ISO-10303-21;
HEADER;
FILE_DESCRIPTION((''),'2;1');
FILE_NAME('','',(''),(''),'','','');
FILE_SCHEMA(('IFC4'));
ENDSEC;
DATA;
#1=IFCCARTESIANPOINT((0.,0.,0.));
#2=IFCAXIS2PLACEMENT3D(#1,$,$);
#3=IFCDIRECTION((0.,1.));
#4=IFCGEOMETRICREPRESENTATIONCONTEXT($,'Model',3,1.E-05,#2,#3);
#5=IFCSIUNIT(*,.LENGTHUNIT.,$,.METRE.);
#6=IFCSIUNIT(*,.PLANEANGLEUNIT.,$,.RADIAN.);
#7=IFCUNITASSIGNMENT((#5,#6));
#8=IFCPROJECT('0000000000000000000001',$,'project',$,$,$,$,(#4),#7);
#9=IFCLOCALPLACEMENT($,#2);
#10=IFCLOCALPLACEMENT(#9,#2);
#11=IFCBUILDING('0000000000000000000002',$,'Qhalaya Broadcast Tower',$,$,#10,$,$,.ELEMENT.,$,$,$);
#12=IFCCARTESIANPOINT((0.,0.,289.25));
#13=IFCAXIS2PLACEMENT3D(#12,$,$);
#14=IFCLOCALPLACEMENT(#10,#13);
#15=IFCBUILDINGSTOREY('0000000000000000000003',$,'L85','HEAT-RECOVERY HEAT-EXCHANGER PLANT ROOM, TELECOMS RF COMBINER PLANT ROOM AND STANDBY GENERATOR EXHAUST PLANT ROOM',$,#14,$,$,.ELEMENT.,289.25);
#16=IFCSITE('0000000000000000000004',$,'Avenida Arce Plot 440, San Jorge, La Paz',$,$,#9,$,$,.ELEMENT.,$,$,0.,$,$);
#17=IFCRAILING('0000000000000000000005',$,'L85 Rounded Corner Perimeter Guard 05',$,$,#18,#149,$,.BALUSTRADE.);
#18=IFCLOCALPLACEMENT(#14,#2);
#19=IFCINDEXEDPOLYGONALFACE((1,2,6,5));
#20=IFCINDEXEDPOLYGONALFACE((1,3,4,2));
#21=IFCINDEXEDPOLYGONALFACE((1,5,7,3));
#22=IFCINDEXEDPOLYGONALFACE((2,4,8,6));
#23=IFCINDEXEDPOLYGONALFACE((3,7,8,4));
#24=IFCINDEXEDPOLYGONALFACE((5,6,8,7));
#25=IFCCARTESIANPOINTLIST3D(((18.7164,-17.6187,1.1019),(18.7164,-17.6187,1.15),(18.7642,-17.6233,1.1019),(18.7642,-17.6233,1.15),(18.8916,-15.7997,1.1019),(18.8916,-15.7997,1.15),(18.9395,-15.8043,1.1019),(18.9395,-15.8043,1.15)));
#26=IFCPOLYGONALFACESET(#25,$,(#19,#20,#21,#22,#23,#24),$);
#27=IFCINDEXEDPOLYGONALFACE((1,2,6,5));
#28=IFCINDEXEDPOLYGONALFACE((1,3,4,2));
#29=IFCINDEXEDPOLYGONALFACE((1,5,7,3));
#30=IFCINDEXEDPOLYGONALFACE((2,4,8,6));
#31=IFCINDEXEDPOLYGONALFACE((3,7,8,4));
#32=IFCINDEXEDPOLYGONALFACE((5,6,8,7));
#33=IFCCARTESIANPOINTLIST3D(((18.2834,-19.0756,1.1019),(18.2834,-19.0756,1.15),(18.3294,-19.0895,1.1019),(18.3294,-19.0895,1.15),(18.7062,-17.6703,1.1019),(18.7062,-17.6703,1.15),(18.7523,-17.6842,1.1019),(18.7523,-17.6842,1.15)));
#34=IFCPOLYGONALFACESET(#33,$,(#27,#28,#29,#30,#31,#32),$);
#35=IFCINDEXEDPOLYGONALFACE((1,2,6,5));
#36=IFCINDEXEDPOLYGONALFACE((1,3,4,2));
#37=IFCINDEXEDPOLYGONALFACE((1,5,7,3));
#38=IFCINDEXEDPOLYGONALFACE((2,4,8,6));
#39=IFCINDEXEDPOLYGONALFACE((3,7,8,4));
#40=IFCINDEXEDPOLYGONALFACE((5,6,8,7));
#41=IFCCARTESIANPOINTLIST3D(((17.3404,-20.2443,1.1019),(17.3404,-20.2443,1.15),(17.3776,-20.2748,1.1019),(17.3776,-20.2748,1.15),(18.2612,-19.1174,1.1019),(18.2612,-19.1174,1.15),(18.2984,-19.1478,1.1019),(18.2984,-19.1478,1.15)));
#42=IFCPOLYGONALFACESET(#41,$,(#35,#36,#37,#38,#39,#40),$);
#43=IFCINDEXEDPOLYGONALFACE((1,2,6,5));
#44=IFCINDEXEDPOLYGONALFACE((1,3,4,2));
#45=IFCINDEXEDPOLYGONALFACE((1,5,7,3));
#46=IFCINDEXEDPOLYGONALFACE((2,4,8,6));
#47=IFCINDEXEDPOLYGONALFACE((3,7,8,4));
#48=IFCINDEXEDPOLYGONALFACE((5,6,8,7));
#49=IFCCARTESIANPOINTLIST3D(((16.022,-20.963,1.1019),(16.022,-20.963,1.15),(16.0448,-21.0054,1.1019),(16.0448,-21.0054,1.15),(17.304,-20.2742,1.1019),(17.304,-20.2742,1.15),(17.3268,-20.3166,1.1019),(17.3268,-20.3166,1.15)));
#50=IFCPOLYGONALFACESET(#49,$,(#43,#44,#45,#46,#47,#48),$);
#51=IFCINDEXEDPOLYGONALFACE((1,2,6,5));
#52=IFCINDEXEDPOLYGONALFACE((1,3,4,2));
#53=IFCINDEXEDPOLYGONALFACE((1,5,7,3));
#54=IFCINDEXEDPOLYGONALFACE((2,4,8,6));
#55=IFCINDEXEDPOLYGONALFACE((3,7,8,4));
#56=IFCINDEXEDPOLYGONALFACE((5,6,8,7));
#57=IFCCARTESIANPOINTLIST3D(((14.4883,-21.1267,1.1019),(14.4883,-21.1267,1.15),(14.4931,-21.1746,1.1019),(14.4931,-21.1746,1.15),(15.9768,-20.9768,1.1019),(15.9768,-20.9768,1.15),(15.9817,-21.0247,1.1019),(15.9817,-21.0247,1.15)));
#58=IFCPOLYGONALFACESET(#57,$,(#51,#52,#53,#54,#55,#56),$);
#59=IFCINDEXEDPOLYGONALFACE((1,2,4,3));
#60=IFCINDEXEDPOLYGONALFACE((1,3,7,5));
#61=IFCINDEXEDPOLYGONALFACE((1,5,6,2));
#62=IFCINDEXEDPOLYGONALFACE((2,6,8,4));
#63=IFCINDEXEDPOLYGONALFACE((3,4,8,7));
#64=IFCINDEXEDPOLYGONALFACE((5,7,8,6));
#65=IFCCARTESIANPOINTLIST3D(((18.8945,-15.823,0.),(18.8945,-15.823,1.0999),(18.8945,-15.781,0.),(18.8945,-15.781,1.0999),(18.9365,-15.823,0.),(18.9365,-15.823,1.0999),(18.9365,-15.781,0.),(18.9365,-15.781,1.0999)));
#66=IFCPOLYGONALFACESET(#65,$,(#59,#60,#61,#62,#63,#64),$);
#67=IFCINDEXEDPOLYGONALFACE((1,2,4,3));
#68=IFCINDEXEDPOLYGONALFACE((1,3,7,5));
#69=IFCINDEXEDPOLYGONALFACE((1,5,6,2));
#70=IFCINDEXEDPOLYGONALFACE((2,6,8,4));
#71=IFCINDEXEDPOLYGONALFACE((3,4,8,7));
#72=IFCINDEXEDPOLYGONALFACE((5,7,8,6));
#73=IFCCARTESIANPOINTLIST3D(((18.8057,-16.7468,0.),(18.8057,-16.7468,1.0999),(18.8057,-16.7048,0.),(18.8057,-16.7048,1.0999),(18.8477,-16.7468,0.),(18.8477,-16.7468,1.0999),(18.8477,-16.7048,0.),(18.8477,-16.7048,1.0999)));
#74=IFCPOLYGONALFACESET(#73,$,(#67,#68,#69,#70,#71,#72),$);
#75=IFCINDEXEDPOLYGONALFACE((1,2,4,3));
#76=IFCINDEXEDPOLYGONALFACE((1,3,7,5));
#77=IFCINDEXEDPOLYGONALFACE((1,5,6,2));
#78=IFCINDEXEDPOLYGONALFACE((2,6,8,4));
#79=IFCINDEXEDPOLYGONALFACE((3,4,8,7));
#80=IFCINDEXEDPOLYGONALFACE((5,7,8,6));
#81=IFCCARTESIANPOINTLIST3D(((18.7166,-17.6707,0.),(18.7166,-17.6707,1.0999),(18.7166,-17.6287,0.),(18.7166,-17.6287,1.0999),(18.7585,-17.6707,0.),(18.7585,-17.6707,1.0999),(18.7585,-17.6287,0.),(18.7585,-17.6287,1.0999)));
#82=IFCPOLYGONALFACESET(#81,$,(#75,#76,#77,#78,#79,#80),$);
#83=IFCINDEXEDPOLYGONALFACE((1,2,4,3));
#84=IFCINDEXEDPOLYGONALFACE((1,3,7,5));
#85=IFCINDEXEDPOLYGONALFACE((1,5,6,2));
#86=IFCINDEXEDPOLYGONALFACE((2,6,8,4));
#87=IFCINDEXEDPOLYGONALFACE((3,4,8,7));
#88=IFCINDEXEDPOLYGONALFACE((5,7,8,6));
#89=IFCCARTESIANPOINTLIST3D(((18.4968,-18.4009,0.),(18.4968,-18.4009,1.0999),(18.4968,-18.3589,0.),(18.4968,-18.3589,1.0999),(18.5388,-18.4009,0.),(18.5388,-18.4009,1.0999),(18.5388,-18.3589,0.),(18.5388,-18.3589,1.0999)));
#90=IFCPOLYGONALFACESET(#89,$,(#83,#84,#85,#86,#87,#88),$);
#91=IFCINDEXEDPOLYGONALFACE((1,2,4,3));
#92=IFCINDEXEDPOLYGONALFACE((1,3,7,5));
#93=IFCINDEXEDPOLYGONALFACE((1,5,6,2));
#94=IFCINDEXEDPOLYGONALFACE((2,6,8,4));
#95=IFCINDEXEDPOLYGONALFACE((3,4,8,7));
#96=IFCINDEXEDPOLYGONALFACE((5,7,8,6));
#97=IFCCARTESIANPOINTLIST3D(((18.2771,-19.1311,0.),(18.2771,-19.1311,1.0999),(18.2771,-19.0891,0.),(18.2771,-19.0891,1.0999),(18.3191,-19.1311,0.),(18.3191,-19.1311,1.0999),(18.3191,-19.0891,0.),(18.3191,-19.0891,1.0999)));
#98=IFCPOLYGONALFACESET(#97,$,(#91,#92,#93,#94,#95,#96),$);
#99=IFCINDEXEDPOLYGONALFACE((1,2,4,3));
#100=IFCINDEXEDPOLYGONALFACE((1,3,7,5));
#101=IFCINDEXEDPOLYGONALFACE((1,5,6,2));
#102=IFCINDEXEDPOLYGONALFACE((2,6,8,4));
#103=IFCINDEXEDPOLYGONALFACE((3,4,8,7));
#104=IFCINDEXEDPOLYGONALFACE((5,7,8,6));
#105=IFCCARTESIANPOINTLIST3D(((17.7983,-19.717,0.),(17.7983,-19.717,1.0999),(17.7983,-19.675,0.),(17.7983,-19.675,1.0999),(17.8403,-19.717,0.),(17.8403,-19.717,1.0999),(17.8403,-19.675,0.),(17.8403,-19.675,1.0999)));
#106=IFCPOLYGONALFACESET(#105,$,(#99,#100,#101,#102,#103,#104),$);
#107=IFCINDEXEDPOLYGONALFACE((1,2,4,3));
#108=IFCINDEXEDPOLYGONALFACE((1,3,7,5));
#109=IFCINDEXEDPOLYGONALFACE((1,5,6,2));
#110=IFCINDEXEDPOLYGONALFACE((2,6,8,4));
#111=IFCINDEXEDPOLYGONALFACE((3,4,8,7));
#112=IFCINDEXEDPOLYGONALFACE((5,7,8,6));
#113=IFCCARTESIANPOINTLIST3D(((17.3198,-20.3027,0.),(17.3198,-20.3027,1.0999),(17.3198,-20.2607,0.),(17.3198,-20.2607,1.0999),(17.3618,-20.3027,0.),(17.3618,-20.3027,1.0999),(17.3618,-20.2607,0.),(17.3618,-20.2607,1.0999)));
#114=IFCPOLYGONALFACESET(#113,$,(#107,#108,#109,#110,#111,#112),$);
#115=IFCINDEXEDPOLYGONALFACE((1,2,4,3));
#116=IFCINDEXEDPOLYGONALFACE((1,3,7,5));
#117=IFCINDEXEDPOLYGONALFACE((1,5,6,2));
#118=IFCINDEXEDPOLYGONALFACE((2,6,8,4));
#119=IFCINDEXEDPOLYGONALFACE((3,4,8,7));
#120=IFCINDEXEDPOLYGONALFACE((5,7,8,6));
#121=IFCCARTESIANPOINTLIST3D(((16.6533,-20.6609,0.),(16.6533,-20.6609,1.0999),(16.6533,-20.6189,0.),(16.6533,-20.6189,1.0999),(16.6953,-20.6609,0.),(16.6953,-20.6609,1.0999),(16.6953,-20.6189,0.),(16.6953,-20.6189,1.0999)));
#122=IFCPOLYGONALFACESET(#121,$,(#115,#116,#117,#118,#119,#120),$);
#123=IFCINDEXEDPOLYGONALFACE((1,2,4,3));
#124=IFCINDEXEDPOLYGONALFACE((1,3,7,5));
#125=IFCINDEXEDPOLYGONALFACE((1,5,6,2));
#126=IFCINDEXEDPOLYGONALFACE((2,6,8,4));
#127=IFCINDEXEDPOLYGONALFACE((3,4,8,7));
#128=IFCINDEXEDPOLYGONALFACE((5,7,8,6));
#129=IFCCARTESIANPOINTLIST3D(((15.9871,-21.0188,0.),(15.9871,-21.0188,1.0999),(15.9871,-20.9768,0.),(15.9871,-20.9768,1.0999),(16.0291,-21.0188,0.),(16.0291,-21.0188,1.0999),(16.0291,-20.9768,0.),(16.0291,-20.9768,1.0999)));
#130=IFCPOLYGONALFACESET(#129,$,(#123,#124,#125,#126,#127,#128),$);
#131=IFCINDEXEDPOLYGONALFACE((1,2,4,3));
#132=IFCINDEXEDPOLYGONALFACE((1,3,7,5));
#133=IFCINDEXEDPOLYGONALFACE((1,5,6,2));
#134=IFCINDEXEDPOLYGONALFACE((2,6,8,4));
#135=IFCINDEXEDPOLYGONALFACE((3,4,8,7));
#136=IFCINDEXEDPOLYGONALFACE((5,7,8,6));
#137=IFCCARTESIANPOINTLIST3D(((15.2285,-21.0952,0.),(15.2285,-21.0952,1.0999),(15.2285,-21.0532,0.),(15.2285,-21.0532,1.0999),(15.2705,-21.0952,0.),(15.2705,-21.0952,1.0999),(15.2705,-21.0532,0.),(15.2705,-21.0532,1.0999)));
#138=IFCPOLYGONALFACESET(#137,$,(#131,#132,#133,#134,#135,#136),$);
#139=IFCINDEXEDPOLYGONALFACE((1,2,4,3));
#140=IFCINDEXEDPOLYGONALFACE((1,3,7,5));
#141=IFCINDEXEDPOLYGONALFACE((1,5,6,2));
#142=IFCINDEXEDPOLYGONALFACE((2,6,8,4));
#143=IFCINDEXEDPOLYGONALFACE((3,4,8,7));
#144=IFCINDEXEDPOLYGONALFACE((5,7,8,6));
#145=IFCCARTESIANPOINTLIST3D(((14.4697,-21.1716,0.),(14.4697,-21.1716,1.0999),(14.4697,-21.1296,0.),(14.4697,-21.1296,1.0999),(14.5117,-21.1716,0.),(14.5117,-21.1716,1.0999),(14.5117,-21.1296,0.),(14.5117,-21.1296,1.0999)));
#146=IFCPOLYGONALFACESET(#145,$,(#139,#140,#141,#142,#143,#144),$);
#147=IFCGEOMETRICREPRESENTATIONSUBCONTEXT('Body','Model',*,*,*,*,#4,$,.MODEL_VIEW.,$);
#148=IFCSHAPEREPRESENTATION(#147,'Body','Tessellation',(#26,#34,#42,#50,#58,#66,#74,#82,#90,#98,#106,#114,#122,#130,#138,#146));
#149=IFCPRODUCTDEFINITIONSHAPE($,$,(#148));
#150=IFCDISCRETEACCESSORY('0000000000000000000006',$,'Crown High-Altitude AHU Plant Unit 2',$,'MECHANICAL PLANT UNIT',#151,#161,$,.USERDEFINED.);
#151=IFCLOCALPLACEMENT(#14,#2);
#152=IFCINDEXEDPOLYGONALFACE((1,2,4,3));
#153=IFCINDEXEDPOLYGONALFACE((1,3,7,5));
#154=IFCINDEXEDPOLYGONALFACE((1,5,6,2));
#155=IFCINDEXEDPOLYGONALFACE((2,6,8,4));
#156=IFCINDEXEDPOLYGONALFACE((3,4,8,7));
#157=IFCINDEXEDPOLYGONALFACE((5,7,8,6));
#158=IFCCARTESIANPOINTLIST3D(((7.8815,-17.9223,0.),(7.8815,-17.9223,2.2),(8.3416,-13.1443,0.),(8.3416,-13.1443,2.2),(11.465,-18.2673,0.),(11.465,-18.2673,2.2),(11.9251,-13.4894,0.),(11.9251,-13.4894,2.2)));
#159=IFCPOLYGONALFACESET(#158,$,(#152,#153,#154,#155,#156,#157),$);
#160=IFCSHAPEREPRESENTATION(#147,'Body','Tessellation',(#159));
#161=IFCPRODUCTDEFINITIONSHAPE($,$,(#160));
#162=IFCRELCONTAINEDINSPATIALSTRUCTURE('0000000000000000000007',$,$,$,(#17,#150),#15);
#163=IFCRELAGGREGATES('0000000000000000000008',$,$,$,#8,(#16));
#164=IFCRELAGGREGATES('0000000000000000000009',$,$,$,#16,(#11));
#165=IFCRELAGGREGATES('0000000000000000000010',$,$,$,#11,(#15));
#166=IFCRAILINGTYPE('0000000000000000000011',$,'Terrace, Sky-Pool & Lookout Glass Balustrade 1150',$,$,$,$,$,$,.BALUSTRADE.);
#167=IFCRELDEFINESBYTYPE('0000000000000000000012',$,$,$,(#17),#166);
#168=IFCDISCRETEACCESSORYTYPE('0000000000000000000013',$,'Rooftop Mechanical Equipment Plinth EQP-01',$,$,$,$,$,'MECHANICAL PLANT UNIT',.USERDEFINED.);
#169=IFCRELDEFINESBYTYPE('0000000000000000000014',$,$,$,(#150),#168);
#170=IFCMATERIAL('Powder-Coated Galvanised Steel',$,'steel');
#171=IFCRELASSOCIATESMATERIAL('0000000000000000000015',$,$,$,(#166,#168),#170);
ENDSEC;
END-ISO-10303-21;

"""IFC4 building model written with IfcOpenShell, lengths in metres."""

from ifc_helpers import new_model, si_unit, direction, frame, origin, origin_2d, place, context, subcontext, project, spatial, rectangle, extrude, material, type_object, element, save


model = new_model("IFC4")

# Units and contexts
model_context = context("Model", 3, precision=1e-05, world=origin(), true_north=direction((0.0, 1.0)))
body_context = subcontext(model_context, "Body", "Model", "MODEL_VIEW")
ifc_project = project(units=[si_unit("LENGTHUNIT", "METRE"), si_unit("PLANEANGLEUNIT", "RADIAN")], contexts=[model_context])

# Site, building, storey
site_placement = place(None, origin())
site = spatial("IfcSite", under=ifc_project, at=site_placement, Name="Avenida Arce Plot 440, San Jorge, La Paz", CompositionType="ELEMENT", RefElevation=0.0)
building_placement = place(site_placement, origin())
building = spatial("IfcBuilding", under=site, at=building_placement, Name="Qhalaya Broadcast Tower", CompositionType="ELEMENT")
storey_placement = place(building_placement, frame((0.0, 0.0, 289.25)))
storey = spatial("IfcBuildingStorey", under=building, at=storey_placement, Name="L85", Description="HEAT-RECOVERY HEAT-EXCHANGER PLANT ROOM, TELECOMS RF COMBINER PLANT ROOM AND STANDBY GENERATOR EXHAUST PLANT ROOM", CompositionType="ELEMENT", Elevation=289.25)

# Railing
ifc_material_1 = material(Name="Powder-Coated Galvanised Steel", Category="steel")
railing_type = type_object("IfcRailingType", Name="Terrace, Sky-Pool & Lookout Glass Balustrade 1150", PredefinedType="BALUSTRADE", material=ifc_material_1)
railing_1_placement = place(storey_placement, frame((18.9155, -15.802, 0.0)))
element("IfcRailing", 1, at=railing_1_placement, inside=storey, type_object=railing_type, Name="L85 Rounded Corner Perimeter Guard 05", PredefinedType="BALUSTRADE", context=body_context, shape_type="SweptSolid", body=[
    extrude(rectangle(XDim=0.0481, YDim=0.0481, at=origin_2d()), frame((0.0, 0.0, 1.126), z_axis=(-0.095883, -0.995393, 0.0), x_axis=(0.995393, -0.095883, 0.0)), (0.0, 0.0, 1.0), 1.8274),
    extrude(rectangle(XDim=0.0481, YDim=0.0481, at=origin_2d()), frame((-0.1863, -1.8752, 1.126), z_axis=(-0.288141, -0.957588, 0.0), x_axis=(0.957588, -0.288141, 0.0)), (0.0, 0.0, 1.0), 1.4675),
    extrude(rectangle(XDim=0.0481, YDim=0.0481, at=origin_2d()), frame((-0.6357, -3.3306, 1.126), z_axis=(-0.63271, -0.774388, 0.0), x_axis=(0.774388, -0.63271, 0.0)), (0.0, 0.0, 1.0), 1.4553),
    extrude(rectangle(XDim=0.0481, YDim=0.0481, at=origin_2d()), frame((-1.6001, -4.4934, 1.126), z_axis=(-0.880906, -0.473291, 0.0), x_axis=(0.473291, -0.880906, 0.0)), (0.0, 0.0, 1.0), 1.4553),
    extrude(rectangle(XDim=0.0481, YDim=0.0481, at=origin_2d()), frame((-2.9363, -5.1987, 1.126), z_axis=(-0.994966, -0.100217, 0.0), x_axis=(0.100217, -0.994966, 0.0)), (0.0, 0.0, 1.0), 1.4961),
    extrude(rectangle(XDim=0.042, YDim=0.042, at=origin_2d()), origin(), (0.0, 0.0, 1.0), 1.0999),
    extrude(rectangle(XDim=0.042, YDim=0.042, at=origin_2d()), frame((-0.0889, -0.9238, 0.0)), (0.0, 0.0, 1.0), 1.0999),
    extrude(rectangle(XDim=0.042, YDim=0.042, at=origin_2d()), frame((-0.178, -1.8477, 0.0)), (0.0, 0.0, 1.0), 1.0999),
    extrude(rectangle(XDim=0.042, YDim=0.042, at=origin_2d()), frame((-0.3977, -2.5779, 0.0)), (0.0, 0.0, 1.0), 1.0999),
    extrude(rectangle(XDim=0.042, YDim=0.042, at=origin_2d()), frame((-0.6174, -3.3081, 0.0)), (0.0, 0.0, 1.0), 1.0999),
    extrude(rectangle(XDim=0.042, YDim=0.042, at=origin_2d()), frame((-1.0962, -3.894, 0.0)), (0.0, 0.0, 1.0), 1.0999),
    extrude(rectangle(XDim=0.042, YDim=0.042, at=origin_2d()), frame((-1.5747, -4.4797, 0.0)), (0.0, 0.0, 1.0), 1.0999),
    extrude(rectangle(XDim=0.042, YDim=0.042, at=origin_2d()), frame((-2.2412, -4.8379, 0.0)), (0.0, 0.0, 1.0), 1.0999),
    extrude(rectangle(XDim=0.042, YDim=0.042, at=origin_2d()), frame((-2.9075, -5.1958, 0.0)), (0.0, 0.0, 1.0), 1.0999),
    extrude(rectangle(XDim=0.042, YDim=0.042, at=origin_2d()), frame((-3.666, -5.2722, 0.0)), (0.0, 0.0, 1.0), 1.0999),
    extrude(rectangle(XDim=0.042, YDim=0.042, at=origin_2d()), frame((-4.4248, -5.3486, 0.0)), (0.0, 0.0, 1.0), 1.0999),
])

# Discrete accessory
discrete_accessory_type = type_object("IfcDiscreteAccessoryType", Name="Rooftop Mechanical Equipment Plinth EQP-01", ElementType="MECHANICAL PLANT UNIT", PredefinedType="USERDEFINED", material=ifc_material_1)
discrete_accessory_placement = place(storey_placement, frame((9.9033, -15.7058, 0.0), z_axis=(0.0, 0.0, 1.0), x_axis=(0.995396, -0.095846, 0.0)))
element("IfcDiscreteAccessory", 2, at=discrete_accessory_placement, inside=storey, type_object=discrete_accessory_type, Name="Crown High-Altitude AHU Plant Unit 2", ObjectType="MECHANICAL PLANT UNIT", PredefinedType="USERDEFINED", context=body_context, shape_type="SweptSolid", body=[
    extrude(rectangle(XDim=3.6001, YDim=4.8, at=origin_2d()), origin(), (0.0, 0.0, 1.0), 2.2),
])

save(model, "model.ifc")
